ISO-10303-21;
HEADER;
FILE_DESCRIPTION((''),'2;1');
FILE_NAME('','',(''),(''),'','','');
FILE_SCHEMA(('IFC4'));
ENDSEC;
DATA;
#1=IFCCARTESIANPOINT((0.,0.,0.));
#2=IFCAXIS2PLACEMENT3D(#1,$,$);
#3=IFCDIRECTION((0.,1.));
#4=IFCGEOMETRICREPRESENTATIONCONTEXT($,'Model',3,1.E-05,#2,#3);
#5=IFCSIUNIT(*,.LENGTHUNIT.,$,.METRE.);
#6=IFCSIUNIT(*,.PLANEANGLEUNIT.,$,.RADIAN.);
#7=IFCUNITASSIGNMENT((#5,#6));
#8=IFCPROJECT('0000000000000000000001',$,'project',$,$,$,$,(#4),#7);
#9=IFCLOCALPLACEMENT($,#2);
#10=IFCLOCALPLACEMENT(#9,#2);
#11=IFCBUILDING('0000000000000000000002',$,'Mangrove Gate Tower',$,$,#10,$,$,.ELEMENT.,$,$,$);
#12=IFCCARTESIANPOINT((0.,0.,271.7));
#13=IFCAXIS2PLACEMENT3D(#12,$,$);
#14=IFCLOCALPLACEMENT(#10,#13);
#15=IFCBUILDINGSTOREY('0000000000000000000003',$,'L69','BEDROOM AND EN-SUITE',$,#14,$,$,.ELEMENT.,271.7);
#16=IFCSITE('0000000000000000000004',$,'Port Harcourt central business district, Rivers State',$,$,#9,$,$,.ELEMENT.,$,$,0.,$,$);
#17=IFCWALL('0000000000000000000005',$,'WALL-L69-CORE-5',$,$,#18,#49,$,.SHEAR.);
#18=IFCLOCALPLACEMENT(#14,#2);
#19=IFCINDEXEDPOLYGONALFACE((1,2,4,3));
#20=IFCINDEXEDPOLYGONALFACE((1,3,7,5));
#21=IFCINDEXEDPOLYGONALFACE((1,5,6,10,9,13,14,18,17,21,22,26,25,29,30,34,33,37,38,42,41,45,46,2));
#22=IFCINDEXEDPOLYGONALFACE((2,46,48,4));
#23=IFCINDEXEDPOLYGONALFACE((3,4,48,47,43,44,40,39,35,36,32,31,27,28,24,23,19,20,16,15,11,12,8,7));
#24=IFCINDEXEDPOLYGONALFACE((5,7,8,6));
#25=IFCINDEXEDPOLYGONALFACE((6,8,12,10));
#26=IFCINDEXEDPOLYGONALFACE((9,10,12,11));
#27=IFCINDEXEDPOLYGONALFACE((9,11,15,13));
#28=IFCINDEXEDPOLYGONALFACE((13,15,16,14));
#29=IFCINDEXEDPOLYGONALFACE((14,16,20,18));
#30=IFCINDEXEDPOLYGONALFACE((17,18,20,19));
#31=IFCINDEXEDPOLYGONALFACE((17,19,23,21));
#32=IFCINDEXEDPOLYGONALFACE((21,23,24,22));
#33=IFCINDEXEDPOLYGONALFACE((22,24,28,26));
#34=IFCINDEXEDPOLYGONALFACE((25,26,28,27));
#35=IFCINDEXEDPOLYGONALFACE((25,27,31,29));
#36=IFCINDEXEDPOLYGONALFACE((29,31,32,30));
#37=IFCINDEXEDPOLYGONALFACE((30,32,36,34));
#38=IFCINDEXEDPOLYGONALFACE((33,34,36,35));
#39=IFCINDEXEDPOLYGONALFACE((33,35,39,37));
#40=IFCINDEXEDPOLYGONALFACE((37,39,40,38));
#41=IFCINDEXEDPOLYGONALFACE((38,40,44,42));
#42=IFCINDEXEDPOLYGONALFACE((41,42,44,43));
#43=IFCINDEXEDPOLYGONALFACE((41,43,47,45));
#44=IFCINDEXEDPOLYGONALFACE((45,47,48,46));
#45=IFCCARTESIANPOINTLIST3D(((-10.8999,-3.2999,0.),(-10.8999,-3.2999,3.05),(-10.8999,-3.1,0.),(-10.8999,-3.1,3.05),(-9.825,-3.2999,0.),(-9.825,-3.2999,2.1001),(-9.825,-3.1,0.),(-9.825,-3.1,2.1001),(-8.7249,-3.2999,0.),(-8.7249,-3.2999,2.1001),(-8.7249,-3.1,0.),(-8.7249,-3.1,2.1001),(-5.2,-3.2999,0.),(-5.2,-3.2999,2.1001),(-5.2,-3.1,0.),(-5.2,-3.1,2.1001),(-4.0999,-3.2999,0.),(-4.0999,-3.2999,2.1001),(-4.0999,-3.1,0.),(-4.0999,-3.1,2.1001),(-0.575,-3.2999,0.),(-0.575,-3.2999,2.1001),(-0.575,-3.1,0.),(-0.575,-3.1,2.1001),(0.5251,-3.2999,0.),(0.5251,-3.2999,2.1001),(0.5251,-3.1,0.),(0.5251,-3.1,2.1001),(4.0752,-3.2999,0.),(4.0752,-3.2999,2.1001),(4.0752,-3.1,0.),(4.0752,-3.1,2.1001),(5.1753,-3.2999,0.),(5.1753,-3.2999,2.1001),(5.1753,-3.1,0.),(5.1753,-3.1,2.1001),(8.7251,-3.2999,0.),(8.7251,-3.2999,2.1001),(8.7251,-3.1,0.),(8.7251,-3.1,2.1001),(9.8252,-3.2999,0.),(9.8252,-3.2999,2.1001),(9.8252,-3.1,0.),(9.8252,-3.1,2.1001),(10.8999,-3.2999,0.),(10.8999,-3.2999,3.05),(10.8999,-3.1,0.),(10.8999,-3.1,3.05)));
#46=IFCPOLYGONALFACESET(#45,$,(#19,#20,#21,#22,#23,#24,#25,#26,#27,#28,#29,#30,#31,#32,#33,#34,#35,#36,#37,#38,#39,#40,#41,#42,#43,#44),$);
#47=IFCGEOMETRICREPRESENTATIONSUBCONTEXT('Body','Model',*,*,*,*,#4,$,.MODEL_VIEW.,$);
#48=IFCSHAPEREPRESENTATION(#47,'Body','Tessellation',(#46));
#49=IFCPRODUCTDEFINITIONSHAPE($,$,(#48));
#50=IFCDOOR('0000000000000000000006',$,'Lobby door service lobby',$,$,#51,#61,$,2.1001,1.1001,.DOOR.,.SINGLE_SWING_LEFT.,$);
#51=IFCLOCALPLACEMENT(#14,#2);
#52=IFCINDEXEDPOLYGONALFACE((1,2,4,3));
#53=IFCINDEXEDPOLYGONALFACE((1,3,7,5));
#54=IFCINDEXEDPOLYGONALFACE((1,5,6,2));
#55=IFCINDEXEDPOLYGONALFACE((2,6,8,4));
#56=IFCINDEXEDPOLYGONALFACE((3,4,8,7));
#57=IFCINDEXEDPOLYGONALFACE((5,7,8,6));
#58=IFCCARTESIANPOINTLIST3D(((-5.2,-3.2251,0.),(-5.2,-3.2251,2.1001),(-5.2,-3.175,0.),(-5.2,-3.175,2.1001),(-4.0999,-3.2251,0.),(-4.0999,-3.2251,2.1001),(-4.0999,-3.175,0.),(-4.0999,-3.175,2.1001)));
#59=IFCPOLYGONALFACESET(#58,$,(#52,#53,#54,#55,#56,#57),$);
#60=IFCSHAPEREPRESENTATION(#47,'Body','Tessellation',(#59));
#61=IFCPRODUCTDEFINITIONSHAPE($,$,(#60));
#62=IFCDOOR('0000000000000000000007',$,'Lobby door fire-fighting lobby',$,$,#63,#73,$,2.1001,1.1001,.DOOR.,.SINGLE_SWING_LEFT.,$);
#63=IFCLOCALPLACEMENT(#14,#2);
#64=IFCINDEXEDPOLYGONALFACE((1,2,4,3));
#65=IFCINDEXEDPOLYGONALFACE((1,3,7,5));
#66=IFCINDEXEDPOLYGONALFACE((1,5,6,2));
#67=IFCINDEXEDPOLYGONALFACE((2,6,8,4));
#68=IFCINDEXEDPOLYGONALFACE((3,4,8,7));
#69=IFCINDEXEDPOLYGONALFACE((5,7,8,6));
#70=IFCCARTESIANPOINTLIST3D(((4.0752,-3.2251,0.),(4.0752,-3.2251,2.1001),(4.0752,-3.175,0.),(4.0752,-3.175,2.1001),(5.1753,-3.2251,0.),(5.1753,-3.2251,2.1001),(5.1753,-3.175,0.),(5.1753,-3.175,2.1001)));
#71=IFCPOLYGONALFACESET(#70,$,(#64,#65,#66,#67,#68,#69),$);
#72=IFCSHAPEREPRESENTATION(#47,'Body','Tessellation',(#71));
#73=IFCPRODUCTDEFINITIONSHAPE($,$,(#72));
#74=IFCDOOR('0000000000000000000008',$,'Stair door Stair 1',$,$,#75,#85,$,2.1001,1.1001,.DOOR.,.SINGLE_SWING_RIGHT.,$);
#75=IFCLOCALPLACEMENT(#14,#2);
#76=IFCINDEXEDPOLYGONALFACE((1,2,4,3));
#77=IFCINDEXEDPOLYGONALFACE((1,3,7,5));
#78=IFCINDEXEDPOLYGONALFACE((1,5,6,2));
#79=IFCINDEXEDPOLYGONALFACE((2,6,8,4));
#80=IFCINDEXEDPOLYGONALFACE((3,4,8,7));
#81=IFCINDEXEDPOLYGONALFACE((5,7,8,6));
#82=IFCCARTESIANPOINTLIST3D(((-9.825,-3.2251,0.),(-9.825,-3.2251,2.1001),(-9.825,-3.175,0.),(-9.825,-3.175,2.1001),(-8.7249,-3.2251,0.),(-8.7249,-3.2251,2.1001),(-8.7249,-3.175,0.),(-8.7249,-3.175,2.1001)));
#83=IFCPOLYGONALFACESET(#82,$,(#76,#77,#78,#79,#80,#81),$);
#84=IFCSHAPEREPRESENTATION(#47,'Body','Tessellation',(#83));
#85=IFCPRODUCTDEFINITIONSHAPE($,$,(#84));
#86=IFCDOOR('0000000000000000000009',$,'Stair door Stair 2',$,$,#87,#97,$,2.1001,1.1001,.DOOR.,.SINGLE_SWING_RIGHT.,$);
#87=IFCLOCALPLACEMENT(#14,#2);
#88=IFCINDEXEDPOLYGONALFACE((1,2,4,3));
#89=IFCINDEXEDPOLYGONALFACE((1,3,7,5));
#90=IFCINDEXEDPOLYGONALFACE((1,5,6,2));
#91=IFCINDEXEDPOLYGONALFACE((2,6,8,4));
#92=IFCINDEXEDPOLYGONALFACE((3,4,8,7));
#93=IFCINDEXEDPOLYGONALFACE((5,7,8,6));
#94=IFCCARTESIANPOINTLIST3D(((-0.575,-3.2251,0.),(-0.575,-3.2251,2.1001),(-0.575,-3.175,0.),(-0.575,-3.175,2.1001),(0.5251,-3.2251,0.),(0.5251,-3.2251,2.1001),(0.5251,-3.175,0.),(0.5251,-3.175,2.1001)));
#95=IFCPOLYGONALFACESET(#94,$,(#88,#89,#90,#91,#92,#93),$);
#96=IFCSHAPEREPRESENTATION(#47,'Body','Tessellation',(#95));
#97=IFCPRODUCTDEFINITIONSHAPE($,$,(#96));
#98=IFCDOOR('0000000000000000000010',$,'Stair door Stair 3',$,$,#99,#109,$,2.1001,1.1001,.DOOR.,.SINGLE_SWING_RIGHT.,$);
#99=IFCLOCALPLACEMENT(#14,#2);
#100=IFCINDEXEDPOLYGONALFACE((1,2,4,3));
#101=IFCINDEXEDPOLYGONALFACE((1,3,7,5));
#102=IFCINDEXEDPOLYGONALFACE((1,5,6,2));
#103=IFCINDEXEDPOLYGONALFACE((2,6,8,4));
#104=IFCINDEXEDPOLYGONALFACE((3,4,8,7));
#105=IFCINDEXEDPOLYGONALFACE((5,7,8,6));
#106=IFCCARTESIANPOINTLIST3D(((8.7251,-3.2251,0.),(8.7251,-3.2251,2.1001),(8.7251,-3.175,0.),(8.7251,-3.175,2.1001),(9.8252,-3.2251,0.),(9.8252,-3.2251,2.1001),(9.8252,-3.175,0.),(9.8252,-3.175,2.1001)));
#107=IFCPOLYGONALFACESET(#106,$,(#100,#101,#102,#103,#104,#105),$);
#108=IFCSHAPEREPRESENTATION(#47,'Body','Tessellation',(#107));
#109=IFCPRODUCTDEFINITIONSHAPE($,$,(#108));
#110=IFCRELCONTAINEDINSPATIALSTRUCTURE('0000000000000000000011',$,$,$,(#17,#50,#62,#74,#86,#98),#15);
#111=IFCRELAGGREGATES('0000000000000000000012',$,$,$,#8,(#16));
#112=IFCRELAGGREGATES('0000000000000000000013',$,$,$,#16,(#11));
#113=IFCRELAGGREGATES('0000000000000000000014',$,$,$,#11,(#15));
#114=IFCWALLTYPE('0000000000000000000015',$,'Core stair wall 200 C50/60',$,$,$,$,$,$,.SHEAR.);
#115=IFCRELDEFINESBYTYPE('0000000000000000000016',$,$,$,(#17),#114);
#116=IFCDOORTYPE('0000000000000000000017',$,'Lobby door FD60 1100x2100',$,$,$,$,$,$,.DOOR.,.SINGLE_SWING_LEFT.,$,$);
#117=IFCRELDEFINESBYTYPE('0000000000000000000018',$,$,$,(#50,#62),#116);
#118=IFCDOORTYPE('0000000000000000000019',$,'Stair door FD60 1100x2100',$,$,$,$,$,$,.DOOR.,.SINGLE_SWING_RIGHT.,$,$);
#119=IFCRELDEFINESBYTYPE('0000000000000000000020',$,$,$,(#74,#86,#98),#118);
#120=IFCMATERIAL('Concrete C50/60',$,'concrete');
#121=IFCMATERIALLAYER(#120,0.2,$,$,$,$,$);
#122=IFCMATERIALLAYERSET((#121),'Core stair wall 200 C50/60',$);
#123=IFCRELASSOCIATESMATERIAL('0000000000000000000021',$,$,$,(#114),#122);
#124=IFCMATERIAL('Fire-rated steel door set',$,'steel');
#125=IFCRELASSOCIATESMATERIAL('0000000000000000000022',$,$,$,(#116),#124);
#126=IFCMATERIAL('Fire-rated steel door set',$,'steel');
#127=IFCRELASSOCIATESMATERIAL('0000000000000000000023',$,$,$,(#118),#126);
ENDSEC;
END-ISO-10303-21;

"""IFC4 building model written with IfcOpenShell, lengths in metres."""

from ifc_helpers import new_model, si_unit, direction, frame, frame_2d, origin, place, context, subcontext, project, spatial, rectangle, extrude, material, layer, layer_set, type_object, element, fill, save


model = new_model("IFC4")

# Units and contexts
model_context = context("Model", 3, precision=1e-05, world=origin(), true_north=direction((0.0, 1.0)))
body_context = subcontext(model_context, "Body", "Model", "MODEL_VIEW")
ifc_project = project(units=[si_unit("LENGTHUNIT", "METRE"), si_unit("PLANEANGLEUNIT", "RADIAN")], contexts=[model_context])

# Site, building, storey
site_placement = place(None, origin())
site = spatial("IfcSite", under=ifc_project, at=site_placement, Name="Port Harcourt central business district, Rivers State", CompositionType="ELEMENT", RefElevation=0.0)
building_placement = place(site_placement, origin())
building = spatial("IfcBuilding", under=site, at=building_placement, Name="Mangrove Gate Tower", CompositionType="ELEMENT")
storey_placement = place(building_placement, frame((0.0, 0.0, 271.7)))
storey = spatial("IfcBuildingStorey", under=building, at=storey_placement, Name="L69", Description="BEDROOM AND EN-SUITE", CompositionType="ELEMENT", Elevation=271.7)

# Wall, openings, doors
ifc_material_1 = material(Name="Concrete C50/60", Category="concrete")
ifc_layer_1 = layer(ifc_material_1, 0.2)
ifc_layer_set_1 = layer_set([ifc_layer_1], Name="Core stair wall 200 C50/60")
wall_type_1 = type_object("IfcWallType", Name="Core stair wall 200 C50/60", PredefinedType="SHEAR", material=ifc_layer_set_1)
wall_1_placement = place(storey_placement, frame((-10.8999, -3.2, 0.0), z_axis=(0.0, 0.0, 1.0), x_axis=(1.0, 0.0, 0.0)))
wall_1 = element("IfcWall", 1, at=wall_1_placement, inside=storey, type_object=wall_type_1, Name="WALL-L69-CORE-5", PredefinedType="SHEAR", context=body_context, shape_type="SweptSolid", body=[
    extrude(rectangle(XDim=21.7998, YDim=0.2, at=frame_2d((10.8999, 0.0))), origin(), (0.0, 0.0, 1.0), 3.05),
])
opening_1_placement = place(wall_1_placement, frame((1.075, 0.0, 0.0)))
opening_1 = element("IfcOpeningElement", 2, at=opening_1_placement, cuts=wall_1, PredefinedType="OPENING", context=body_context, shape_type="SweptSolid", body=[
    extrude(rectangle(XDim=1.1001, YDim=2.1001, at=frame_2d((0.55, 1.05))), frame((0.0, 0.1099, 0.0), z_axis=(0.0, -1.0, 0.0), x_axis=(1.0, 0.0, 0.0)), (0.0, 0.0, 1.0), 0.22),
])
opening_2_placement = place(wall_1_placement, frame((10.325, 0.0, 0.0)))
opening_2 = element("IfcOpeningElement", 3, at=opening_2_placement, cuts=wall_1, PredefinedType="OPENING", context=body_context, shape_type="SweptSolid", body=[
    extrude(rectangle(XDim=1.1001, YDim=2.1001, at=frame_2d((0.55, 1.05))), frame((0.0, 0.1099, 0.0), z_axis=(0.0, -1.0, 0.0), x_axis=(1.0, 0.0, 0.0)), (0.0, 0.0, 1.0), 0.22),
])
opening_3_placement = place(wall_1_placement, frame((19.625, 0.0, 0.0)))
opening_3 = element("IfcOpeningElement", 4, at=opening_3_placement, cuts=wall_1, PredefinedType="OPENING", context=body_context, shape_type="SweptSolid", body=[
    extrude(rectangle(XDim=1.1001, YDim=2.1001, at=frame_2d((0.55, 1.05))), frame((0.0, 0.1099, 0.0), z_axis=(0.0, -1.0, 0.0), x_axis=(1.0, 0.0, 0.0)), (0.0, 0.0, 1.0), 0.22),
])
opening_4_placement = place(wall_1_placement, frame((5.7, 0.0, 0.0)))
opening_4 = element("IfcOpeningElement", 5, at=opening_4_placement, cuts=wall_1, PredefinedType="OPENING", context=body_context, shape_type="SweptSolid", body=[
    extrude(rectangle(XDim=1.1001, YDim=2.1001, at=frame_2d((0.55, 1.05))), frame((0.0, 0.1099, 0.0), z_axis=(0.0, -1.0, 0.0), x_axis=(1.0, 0.0, 0.0)), (0.0, 0.0, 1.0), 0.22),
])
opening_5_placement = place(wall_1_placement, frame((14.9751, 0.0, 0.0)))
opening_5 = element("IfcOpeningElement", 6, at=opening_5_placement, cuts=wall_1, PredefinedType="OPENING", context=body_context, shape_type="SweptSolid", body=[
    extrude(rectangle(XDim=1.1001, YDim=2.1001, at=frame_2d((0.55, 1.05))), frame((0.0, 0.1099, 0.0), z_axis=(0.0, -1.0, 0.0), x_axis=(1.0, 0.0, 0.0)), (0.0, 0.0, 1.0), 0.22),
])
ifc_material_2 = material(Name="Fire-rated steel door set", Category="steel")
door_type_1 = type_object("IfcDoorType", Name="Lobby door FD60 1100x2100", OperationType="SINGLE_SWING_LEFT", PredefinedType="DOOR", material=ifc_material_2)
door_1_placement = place(opening_4_placement, origin())
door_1 = element("IfcDoor", 7, at=door_1_placement, inside=storey, type_object=door_type_1, Name="Lobby door service lobby", OperationType="SINGLE_SWING_LEFT", OverallHeight=2.1001, OverallWidth=1.1001, PredefinedType="DOOR", context=body_context, shape_type="SweptSolid", body=[
    extrude(rectangle(XDim=1.1001, YDim=2.1001, at=frame_2d((0.55, 1.05))), frame((0.0, 0.0249, 0.0), z_axis=(0.0, -1.0, 0.0), x_axis=(1.0, 0.0, 0.0)), (0.0, 0.0, 1.0), 0.05),
])
fill(opening_4, door_1)
door_2_placement = place(opening_5_placement, origin())
door_2 = element("IfcDoor", 8, at=door_2_placement, inside=storey, type_object=door_type_1, Name="Lobby door fire-fighting lobby", OperationType="SINGLE_SWING_LEFT", OverallHeight=2.1001, OverallWidth=1.1001, PredefinedType="DOOR", context=body_context, shape_type="SweptSolid", body=[
    extrude(rectangle(XDim=1.1001, YDim=2.1001, at=frame_2d((0.55, 1.05))), frame((0.0, 0.0249, 0.0), z_axis=(0.0, -1.0, 0.0), x_axis=(1.0, 0.0, 0.0)), (0.0, 0.0, 1.0), 0.05),
])
fill(opening_5, door_2)
ifc_material_3 = material(Name="Fire-rated steel door set", Category="steel")
door_type_2 = type_object("IfcDoorType", Name="Stair door FD60 1100x2100", OperationType="SINGLE_SWING_RIGHT", PredefinedType="DOOR", material=ifc_material_3)
door_3_placement = place(opening_1_placement, origin())
door_3 = element("IfcDoor", 9, at=door_3_placement, inside=storey, type_object=door_type_2, Name="Stair door Stair 1", OperationType="SINGLE_SWING_RIGHT", OverallHeight=2.1001, OverallWidth=1.1001, PredefinedType="DOOR", context=body_context, shape_type="SweptSolid", body=[
    extrude(rectangle(XDim=1.1001, YDim=2.1001, at=frame_2d((0.55, 1.05))), frame((0.0, 0.0249, 0.0), z_axis=(0.0, -1.0, 0.0), x_axis=(1.0, 0.0, 0.0)), (0.0, 0.0, 1.0), 0.05),
])
fill(opening_1, door_3)
door_4_placement = place(opening_2_placement, origin())
door_4 = element("IfcDoor", 10, at=door_4_placement, inside=storey, type_object=door_type_2, Name="Stair door Stair 2", OperationType="SINGLE_SWING_RIGHT", OverallHeight=2.1001, OverallWidth=1.1001, PredefinedType="DOOR", context=body_context, shape_type="SweptSolid", body=[
    extrude(rectangle(XDim=1.1001, YDim=2.1001, at=frame_2d((0.55, 1.05))), frame((0.0, 0.0249, 0.0), z_axis=(0.0, -1.0, 0.0), x_axis=(1.0, 0.0, 0.0)), (0.0, 0.0, 1.0), 0.05),
])
fill(opening_2, door_4)
door_5_placement = place(opening_3_placement, origin())
door_5 = element("IfcDoor", 11, at=door_5_placement, inside=storey, type_object=door_type_2, Name="Stair door Stair 3", OperationType="SINGLE_SWING_RIGHT", OverallHeight=2.1001, OverallWidth=1.1001, PredefinedType="DOOR", context=body_context, shape_type="SweptSolid", body=[
    extrude(rectangle(XDim=1.1001, YDim=2.1001, at=frame_2d((0.55, 1.05))), frame((0.0, 0.0249, 0.0), z_axis=(0.0, -1.0, 0.0), x_axis=(1.0, 0.0, 0.0)), (0.0, 0.0, 1.0), 0.05),
])
fill(opening_3, door_5)

save(model, "model.ifc")
